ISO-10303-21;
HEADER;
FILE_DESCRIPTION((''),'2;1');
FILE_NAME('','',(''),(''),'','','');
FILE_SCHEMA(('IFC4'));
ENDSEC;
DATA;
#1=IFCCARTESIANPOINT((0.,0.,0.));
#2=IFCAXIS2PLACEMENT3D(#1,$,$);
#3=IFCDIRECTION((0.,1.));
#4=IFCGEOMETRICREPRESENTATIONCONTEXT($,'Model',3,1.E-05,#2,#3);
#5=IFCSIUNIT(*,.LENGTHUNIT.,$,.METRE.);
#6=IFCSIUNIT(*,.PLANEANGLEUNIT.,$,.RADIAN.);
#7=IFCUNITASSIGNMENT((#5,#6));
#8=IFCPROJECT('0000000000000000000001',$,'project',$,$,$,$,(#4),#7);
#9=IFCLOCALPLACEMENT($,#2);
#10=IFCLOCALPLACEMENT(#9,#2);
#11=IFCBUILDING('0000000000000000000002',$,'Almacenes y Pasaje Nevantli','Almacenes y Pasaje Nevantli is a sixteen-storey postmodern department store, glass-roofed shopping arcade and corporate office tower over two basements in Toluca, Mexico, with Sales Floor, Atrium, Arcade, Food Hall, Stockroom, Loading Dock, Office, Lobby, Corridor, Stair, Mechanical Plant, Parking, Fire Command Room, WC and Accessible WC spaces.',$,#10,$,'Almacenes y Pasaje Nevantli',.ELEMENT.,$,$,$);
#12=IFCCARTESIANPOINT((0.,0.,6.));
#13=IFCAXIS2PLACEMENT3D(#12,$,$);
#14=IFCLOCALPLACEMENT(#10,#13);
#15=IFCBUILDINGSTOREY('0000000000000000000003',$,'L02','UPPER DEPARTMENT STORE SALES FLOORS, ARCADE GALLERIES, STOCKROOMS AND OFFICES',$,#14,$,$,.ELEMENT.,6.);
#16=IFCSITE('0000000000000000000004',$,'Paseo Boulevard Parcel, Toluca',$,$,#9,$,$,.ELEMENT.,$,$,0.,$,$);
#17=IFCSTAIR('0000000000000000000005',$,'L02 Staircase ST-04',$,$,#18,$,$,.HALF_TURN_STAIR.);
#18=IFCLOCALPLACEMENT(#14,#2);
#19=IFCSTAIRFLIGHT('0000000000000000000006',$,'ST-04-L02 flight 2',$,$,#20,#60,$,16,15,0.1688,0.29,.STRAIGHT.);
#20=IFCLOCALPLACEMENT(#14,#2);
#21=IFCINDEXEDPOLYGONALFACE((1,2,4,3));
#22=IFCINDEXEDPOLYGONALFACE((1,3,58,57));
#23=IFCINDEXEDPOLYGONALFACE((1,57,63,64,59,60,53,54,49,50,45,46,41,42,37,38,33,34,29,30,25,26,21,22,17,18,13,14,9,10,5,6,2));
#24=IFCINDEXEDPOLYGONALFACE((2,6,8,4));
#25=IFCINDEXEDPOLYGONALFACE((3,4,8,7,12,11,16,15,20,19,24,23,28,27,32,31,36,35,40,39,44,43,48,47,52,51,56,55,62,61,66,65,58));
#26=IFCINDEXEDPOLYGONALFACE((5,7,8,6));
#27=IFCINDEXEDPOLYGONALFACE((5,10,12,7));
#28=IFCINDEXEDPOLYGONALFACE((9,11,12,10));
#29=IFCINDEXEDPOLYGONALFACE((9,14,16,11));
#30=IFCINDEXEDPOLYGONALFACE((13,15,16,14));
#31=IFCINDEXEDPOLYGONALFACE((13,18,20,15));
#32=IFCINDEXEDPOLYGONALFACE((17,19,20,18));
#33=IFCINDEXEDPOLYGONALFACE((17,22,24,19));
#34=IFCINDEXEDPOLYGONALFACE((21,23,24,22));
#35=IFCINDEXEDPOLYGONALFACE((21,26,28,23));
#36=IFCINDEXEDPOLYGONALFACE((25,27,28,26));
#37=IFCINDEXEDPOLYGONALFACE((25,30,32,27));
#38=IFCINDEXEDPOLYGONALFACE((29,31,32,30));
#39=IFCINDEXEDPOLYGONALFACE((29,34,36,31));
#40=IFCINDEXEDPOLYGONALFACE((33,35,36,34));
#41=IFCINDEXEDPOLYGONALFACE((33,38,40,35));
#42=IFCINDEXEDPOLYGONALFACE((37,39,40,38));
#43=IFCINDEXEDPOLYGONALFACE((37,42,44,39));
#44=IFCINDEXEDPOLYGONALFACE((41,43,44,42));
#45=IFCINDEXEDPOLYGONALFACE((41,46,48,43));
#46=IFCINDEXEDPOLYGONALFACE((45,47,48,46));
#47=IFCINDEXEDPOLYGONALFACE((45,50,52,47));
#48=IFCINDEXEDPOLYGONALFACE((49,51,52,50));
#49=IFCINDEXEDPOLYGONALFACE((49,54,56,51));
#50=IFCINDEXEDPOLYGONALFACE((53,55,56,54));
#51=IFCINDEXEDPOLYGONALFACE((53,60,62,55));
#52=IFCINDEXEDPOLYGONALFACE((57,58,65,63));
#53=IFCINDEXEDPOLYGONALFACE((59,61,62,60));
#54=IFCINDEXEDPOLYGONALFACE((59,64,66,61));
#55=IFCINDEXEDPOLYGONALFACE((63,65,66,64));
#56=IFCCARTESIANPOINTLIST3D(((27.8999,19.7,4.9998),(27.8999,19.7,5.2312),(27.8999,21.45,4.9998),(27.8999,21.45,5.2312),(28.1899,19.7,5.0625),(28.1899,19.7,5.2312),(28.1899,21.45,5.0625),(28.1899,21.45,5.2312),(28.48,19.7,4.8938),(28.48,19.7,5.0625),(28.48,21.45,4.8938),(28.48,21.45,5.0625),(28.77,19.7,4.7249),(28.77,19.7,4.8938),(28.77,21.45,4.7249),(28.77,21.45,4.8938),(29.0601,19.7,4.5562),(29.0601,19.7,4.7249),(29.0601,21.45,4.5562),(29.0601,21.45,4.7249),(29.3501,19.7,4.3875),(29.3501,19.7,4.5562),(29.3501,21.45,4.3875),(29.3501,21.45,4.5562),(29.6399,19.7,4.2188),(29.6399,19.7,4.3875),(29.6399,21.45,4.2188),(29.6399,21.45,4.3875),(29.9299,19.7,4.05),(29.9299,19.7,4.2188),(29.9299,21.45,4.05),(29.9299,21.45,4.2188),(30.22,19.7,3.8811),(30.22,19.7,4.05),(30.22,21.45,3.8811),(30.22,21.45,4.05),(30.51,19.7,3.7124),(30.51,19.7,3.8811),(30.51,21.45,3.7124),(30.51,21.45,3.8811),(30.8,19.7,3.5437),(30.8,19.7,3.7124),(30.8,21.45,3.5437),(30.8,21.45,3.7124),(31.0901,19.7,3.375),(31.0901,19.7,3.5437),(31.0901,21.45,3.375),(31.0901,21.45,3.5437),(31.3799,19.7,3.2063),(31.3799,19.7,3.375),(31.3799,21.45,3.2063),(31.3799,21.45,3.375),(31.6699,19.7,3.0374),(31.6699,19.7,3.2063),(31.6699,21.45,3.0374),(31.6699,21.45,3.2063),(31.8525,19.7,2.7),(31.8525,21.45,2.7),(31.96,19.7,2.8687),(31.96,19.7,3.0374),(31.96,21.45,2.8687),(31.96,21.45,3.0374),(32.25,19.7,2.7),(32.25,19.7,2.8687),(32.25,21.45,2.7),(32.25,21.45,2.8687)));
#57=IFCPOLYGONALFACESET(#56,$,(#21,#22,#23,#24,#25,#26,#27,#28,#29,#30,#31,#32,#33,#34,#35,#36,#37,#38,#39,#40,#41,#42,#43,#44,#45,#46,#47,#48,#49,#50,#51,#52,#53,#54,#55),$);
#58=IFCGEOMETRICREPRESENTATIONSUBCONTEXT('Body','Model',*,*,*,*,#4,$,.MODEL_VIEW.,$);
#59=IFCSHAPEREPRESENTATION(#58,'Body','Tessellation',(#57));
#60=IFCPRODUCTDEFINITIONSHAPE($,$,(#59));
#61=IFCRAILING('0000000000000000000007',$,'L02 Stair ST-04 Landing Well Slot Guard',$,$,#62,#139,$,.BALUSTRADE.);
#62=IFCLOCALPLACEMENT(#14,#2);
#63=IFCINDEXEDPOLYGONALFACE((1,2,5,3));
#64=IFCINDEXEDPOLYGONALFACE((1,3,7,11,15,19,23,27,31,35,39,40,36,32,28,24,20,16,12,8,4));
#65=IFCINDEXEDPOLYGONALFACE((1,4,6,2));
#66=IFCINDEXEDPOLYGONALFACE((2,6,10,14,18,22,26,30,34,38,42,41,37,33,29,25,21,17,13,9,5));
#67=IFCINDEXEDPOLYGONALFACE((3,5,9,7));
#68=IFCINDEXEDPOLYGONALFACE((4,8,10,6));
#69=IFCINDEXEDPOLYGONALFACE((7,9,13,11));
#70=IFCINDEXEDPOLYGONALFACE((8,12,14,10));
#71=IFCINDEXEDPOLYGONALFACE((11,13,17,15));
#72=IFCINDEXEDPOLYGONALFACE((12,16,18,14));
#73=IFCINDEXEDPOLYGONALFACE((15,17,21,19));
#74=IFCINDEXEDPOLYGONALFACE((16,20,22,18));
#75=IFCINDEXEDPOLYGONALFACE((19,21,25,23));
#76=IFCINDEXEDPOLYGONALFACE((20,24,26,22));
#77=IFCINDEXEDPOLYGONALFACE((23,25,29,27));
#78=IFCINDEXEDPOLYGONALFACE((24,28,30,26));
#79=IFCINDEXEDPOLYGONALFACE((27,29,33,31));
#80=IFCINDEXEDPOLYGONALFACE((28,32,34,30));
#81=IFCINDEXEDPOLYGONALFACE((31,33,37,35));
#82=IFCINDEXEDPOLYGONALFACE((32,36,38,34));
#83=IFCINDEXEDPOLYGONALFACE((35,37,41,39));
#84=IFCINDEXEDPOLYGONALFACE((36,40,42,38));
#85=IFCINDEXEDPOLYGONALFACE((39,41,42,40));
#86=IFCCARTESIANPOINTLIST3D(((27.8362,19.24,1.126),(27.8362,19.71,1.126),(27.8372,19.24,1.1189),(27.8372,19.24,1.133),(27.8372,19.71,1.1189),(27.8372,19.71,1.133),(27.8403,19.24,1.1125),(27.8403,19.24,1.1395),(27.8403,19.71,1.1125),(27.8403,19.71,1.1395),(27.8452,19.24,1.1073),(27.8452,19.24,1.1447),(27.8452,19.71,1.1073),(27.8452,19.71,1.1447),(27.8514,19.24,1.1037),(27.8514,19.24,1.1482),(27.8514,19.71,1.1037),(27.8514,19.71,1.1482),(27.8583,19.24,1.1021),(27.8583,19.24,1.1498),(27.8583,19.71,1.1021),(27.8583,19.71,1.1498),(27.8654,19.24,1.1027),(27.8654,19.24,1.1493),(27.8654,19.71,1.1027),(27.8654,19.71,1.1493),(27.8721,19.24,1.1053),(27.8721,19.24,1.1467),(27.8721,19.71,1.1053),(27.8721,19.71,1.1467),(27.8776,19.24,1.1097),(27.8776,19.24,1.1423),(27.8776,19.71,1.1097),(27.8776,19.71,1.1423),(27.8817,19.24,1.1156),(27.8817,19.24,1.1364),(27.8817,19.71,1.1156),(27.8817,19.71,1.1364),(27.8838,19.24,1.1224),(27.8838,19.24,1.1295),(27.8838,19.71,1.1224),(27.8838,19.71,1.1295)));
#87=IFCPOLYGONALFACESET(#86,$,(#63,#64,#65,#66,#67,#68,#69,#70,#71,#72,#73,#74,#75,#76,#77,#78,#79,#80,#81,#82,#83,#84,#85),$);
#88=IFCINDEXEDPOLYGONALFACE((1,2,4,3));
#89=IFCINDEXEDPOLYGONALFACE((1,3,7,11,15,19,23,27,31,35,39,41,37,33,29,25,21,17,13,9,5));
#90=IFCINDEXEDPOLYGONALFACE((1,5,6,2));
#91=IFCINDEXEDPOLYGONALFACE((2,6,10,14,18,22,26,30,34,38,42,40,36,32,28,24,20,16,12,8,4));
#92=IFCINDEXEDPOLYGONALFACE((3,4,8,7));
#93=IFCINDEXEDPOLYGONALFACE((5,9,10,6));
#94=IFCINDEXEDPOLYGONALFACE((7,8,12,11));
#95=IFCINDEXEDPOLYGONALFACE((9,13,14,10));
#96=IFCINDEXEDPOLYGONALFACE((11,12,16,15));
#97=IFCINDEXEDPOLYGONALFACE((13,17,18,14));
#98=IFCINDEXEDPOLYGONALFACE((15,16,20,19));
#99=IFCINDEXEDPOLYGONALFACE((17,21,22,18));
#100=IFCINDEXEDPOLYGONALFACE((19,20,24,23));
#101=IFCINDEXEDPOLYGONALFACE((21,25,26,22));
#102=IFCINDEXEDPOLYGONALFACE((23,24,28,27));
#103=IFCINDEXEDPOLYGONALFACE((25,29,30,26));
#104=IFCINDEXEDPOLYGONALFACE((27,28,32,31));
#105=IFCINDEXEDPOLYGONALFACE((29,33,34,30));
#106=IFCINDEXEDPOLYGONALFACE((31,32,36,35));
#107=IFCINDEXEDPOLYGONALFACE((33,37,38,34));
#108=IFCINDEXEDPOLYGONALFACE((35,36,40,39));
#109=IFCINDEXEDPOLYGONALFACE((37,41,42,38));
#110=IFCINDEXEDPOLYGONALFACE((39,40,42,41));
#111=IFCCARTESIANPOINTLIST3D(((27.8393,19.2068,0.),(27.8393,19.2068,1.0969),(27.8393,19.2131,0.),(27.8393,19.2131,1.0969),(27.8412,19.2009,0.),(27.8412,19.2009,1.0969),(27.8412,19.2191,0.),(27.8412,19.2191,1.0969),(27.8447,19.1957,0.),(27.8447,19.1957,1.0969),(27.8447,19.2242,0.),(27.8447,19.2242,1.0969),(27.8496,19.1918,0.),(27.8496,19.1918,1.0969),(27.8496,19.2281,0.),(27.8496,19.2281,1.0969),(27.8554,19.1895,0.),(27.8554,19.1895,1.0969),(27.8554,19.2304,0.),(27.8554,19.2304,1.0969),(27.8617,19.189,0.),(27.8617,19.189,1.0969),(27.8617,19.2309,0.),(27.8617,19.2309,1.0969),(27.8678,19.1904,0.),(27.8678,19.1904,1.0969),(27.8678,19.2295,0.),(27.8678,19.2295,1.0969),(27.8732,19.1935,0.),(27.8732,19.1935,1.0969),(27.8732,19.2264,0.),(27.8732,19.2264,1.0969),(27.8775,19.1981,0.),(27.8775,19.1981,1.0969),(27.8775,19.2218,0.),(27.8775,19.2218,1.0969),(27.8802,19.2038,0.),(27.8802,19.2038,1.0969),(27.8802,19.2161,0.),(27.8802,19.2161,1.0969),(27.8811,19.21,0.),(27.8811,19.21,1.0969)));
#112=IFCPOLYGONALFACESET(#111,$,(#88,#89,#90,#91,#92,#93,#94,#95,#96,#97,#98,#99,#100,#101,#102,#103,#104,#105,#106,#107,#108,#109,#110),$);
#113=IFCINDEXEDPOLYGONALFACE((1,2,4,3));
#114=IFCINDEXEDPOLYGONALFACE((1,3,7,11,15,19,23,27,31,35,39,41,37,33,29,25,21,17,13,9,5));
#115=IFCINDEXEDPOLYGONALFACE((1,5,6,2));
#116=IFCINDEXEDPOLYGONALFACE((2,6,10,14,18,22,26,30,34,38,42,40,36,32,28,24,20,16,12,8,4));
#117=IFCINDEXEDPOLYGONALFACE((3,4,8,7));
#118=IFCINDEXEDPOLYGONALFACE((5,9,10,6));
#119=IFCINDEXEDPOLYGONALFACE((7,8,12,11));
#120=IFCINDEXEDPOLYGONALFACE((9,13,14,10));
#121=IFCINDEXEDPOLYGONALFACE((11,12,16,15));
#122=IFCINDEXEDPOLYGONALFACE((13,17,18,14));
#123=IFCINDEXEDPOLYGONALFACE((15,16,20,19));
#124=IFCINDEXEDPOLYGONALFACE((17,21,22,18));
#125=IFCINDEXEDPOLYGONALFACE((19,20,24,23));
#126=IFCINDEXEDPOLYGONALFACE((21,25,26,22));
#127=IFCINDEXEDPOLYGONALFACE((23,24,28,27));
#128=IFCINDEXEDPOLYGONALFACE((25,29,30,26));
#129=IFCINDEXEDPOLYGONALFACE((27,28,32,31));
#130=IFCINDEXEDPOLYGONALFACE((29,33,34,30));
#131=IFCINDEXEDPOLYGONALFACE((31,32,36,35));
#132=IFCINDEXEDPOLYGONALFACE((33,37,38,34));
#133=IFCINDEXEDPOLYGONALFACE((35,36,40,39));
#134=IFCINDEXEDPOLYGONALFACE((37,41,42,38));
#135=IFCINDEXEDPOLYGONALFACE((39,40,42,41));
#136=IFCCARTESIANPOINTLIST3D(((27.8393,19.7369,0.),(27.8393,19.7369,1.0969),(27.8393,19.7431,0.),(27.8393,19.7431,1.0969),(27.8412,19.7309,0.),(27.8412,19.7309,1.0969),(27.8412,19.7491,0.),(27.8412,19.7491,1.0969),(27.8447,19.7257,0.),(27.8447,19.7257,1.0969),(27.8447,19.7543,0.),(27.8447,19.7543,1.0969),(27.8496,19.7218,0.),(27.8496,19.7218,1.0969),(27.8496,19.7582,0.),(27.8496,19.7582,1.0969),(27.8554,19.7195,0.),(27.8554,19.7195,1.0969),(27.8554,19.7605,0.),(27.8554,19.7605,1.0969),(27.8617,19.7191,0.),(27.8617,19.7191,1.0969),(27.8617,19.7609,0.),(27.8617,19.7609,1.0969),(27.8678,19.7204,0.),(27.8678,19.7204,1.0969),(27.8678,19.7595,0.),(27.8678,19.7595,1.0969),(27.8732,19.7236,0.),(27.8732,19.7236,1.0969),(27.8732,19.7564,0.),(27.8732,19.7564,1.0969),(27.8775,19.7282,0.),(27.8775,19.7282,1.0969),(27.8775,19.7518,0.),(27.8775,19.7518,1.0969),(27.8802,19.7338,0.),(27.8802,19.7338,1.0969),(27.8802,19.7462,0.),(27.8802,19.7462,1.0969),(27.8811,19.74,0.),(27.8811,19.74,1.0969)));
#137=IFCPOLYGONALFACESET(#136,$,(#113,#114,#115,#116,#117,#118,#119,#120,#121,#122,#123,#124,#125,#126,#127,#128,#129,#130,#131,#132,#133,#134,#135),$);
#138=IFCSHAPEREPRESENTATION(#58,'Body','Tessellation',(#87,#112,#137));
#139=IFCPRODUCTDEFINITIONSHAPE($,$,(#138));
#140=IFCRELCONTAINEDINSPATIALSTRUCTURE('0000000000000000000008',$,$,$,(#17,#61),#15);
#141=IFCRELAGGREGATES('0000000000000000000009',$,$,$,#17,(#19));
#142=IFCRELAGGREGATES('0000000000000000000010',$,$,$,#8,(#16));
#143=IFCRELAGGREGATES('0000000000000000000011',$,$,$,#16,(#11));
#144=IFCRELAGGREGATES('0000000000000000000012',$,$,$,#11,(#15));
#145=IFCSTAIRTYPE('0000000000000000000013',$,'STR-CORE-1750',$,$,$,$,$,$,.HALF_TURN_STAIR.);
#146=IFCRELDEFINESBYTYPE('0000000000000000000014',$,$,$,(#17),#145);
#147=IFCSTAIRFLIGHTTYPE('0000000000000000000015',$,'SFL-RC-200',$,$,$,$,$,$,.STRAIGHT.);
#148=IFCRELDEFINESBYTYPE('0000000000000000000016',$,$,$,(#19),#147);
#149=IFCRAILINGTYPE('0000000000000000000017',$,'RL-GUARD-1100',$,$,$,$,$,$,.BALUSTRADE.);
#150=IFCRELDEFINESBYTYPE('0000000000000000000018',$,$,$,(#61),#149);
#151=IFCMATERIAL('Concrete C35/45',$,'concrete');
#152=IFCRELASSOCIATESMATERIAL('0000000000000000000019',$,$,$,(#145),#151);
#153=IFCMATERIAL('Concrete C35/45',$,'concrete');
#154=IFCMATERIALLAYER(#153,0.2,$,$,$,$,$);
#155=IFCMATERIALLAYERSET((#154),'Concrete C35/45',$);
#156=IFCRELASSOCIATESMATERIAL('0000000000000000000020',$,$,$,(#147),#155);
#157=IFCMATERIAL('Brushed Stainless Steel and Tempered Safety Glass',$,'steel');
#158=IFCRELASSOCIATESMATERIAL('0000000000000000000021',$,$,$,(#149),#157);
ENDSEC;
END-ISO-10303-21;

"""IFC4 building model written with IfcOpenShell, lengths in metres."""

from ifc_helpers import new_model, si_unit, direction, frame, origin, origin_2d, place, context, subcontext, project, spatial, polyline, circle, outline, extrude, material, layer, layer_set, type_object, element, aggregate, save


model = new_model("IFC4")

# Units and contexts
model_context = context("Model", 3, precision=1e-05, world=origin(), true_north=direction((0.0, 1.0)))
body_context = subcontext(model_context, "Body", "Model", "MODEL_VIEW")
ifc_project = project(units=[si_unit("LENGTHUNIT", "METRE"), si_unit("PLANEANGLEUNIT", "RADIAN")], contexts=[model_context])

# Site, building, storey
site_placement = place(None, origin())
site = spatial("IfcSite", under=ifc_project, at=site_placement, Name="Paseo Boulevard Parcel, Toluca", CompositionType="ELEMENT", RefElevation=0.0)
building_placement = place(site_placement, origin())
building = spatial("IfcBuilding", under=site, at=building_placement, Name="Almacenes y Pasaje Nevantli", Description="Almacenes y Pasaje Nevantli is a sixteen-storey postmodern department store, glass-roofed shopping arcade and corporate office tower over two basements in Toluca, Mexico, with Sales Floor, Atrium, Arcade, Food Hall, Stockroom, Loading Dock, Office, Lobby, Corridor, Stair, Mechanical Plant, Parking, Fire Command Room, WC and Accessible WC spaces.", LongName="Almacenes y Pasaje Nevantli", CompositionType="ELEMENT")
storey_placement = place(building_placement, frame((0.0, 0.0, 6.0)))
storey = spatial("IfcBuildingStorey", under=building, at=storey_placement, Name="L02", Description="UPPER DEPARTMENT STORE SALES FLOORS, ARCADE GALLERIES, STOCKROOMS AND OFFICES", CompositionType="ELEMENT", Elevation=6.0)

# Stair, stair flight
ifc_material_1 = material(Name="Concrete C35/45", Category="concrete")
stair_type = type_object("IfcStairType", Name="STR-CORE-1750", PredefinedType="HALF_TURN_STAIR", material=ifc_material_1)
stair_placement = place(storey_placement, origin())
stair = element("IfcStair", 1, at=stair_placement, inside=storey, type_object=stair_type, Name="L02 Staircase ST-04", PredefinedType="HALF_TURN_STAIR")
ifc_material_2 = material(Name="Concrete C35/45", Category="concrete")
ifc_layer_1 = layer(ifc_material_2, 0.2)
ifc_layer_set_1 = layer_set([ifc_layer_1], Name="Concrete C35/45")
stair_flight_type = type_object("IfcStairFlightType", Name="SFL-RC-200", PredefinedType="STRAIGHT", material=ifc_layer_set_1)
stair_flight_1_placement = place(storey_placement, frame((32.25, 20.575, 2.7), z_axis=(0.0, 0.0, 1.0), x_axis=(-1.0, 0.0, 0.0)))
stair_flight_1 = element("IfcStairFlight", 2, at=stair_flight_1_placement, type_object=stair_flight_type, Name="ST-04-L02 flight 2", NumberOfRisers=16, NumberOfTreads=15, PredefinedType="STRAIGHT", RiserHeight=0.1688, TreadLength=0.29, context=body_context, shape_type="SweptSolid", body=[
    extrude(outline(polyline([(0.0, 0.0), (0.0, 0.1687), (0.29, 0.1687), (0.29, 0.3374), (0.5801, 0.3374), (0.5801, 0.5063), (0.8701, 0.5063), (0.8701, 0.675), (1.1599, 0.675), (1.1599, 0.8438), (1.45, 0.8438), (1.45, 1.0125), (1.74, 1.0125), (1.74, 1.1812), (2.03, 1.1812), (2.03, 1.3501), (2.3201, 1.3501), (2.3201, 1.5188), (2.6101, 1.5188), (2.6101, 1.6875), (2.8999, 1.6875), (2.8999, 1.8562), (3.1899, 1.8562), (3.1899, 2.0249), (3.48, 2.0249), (3.48, 2.1938), (3.77, 2.1938), (3.77, 2.3625), (4.0601, 2.3625), (4.0601, 2.5312), (4.3501, 2.5312), (4.3501, 2.7), (4.3501, 2.2998), (0.3975, 0.0), (0.0, 0.0)])), frame((0.0, 0.875, 0.0), z_axis=(0.0, -1.0, 0.0), x_axis=(1.0, 0.0, 0.0)), (0.0, 0.0, 1.0), 1.75),
])
aggregate(stair, [stair_flight_1])

# Railing
ifc_material_3 = material(Name="Brushed Stainless Steel and Tempered Safety Glass", Category="steel")
railing_type_1 = type_object("IfcRailingType", Name="RL-GUARD-1100", PredefinedType="BALUSTRADE", material=ifc_material_3)
railing_1_placement = place(storey_placement, frame((27.8601, 19.21, 0.0)))
element("IfcRailing", 3, at=railing_1_placement, inside=storey, type_object=railing_type_1, Name="L02 Stair ST-04 Landing Well Slot Guard", PredefinedType="BALUSTRADE", context=body_context, shape_type="SweptSolid", body=[
    extrude(circle(Radius=0.0239, at=origin_2d()), frame((0.0, 0.03, 1.126), z_axis=(0.0, 1.0, 0.0), x_axis=(-1.0, 0.0, 0.0)), (0.0, 0.0, 1.0), 0.47),
    extrude(circle(Radius=0.021, at=origin_2d()), origin(), (0.0, 0.0, 1.0), 1.0969),
    extrude(circle(Radius=0.021, at=origin_2d()), frame((0.0, 0.53, 0.0)), (0.0, 0.0, 1.0), 1.0969),
])

save(model, "model.ifc")
